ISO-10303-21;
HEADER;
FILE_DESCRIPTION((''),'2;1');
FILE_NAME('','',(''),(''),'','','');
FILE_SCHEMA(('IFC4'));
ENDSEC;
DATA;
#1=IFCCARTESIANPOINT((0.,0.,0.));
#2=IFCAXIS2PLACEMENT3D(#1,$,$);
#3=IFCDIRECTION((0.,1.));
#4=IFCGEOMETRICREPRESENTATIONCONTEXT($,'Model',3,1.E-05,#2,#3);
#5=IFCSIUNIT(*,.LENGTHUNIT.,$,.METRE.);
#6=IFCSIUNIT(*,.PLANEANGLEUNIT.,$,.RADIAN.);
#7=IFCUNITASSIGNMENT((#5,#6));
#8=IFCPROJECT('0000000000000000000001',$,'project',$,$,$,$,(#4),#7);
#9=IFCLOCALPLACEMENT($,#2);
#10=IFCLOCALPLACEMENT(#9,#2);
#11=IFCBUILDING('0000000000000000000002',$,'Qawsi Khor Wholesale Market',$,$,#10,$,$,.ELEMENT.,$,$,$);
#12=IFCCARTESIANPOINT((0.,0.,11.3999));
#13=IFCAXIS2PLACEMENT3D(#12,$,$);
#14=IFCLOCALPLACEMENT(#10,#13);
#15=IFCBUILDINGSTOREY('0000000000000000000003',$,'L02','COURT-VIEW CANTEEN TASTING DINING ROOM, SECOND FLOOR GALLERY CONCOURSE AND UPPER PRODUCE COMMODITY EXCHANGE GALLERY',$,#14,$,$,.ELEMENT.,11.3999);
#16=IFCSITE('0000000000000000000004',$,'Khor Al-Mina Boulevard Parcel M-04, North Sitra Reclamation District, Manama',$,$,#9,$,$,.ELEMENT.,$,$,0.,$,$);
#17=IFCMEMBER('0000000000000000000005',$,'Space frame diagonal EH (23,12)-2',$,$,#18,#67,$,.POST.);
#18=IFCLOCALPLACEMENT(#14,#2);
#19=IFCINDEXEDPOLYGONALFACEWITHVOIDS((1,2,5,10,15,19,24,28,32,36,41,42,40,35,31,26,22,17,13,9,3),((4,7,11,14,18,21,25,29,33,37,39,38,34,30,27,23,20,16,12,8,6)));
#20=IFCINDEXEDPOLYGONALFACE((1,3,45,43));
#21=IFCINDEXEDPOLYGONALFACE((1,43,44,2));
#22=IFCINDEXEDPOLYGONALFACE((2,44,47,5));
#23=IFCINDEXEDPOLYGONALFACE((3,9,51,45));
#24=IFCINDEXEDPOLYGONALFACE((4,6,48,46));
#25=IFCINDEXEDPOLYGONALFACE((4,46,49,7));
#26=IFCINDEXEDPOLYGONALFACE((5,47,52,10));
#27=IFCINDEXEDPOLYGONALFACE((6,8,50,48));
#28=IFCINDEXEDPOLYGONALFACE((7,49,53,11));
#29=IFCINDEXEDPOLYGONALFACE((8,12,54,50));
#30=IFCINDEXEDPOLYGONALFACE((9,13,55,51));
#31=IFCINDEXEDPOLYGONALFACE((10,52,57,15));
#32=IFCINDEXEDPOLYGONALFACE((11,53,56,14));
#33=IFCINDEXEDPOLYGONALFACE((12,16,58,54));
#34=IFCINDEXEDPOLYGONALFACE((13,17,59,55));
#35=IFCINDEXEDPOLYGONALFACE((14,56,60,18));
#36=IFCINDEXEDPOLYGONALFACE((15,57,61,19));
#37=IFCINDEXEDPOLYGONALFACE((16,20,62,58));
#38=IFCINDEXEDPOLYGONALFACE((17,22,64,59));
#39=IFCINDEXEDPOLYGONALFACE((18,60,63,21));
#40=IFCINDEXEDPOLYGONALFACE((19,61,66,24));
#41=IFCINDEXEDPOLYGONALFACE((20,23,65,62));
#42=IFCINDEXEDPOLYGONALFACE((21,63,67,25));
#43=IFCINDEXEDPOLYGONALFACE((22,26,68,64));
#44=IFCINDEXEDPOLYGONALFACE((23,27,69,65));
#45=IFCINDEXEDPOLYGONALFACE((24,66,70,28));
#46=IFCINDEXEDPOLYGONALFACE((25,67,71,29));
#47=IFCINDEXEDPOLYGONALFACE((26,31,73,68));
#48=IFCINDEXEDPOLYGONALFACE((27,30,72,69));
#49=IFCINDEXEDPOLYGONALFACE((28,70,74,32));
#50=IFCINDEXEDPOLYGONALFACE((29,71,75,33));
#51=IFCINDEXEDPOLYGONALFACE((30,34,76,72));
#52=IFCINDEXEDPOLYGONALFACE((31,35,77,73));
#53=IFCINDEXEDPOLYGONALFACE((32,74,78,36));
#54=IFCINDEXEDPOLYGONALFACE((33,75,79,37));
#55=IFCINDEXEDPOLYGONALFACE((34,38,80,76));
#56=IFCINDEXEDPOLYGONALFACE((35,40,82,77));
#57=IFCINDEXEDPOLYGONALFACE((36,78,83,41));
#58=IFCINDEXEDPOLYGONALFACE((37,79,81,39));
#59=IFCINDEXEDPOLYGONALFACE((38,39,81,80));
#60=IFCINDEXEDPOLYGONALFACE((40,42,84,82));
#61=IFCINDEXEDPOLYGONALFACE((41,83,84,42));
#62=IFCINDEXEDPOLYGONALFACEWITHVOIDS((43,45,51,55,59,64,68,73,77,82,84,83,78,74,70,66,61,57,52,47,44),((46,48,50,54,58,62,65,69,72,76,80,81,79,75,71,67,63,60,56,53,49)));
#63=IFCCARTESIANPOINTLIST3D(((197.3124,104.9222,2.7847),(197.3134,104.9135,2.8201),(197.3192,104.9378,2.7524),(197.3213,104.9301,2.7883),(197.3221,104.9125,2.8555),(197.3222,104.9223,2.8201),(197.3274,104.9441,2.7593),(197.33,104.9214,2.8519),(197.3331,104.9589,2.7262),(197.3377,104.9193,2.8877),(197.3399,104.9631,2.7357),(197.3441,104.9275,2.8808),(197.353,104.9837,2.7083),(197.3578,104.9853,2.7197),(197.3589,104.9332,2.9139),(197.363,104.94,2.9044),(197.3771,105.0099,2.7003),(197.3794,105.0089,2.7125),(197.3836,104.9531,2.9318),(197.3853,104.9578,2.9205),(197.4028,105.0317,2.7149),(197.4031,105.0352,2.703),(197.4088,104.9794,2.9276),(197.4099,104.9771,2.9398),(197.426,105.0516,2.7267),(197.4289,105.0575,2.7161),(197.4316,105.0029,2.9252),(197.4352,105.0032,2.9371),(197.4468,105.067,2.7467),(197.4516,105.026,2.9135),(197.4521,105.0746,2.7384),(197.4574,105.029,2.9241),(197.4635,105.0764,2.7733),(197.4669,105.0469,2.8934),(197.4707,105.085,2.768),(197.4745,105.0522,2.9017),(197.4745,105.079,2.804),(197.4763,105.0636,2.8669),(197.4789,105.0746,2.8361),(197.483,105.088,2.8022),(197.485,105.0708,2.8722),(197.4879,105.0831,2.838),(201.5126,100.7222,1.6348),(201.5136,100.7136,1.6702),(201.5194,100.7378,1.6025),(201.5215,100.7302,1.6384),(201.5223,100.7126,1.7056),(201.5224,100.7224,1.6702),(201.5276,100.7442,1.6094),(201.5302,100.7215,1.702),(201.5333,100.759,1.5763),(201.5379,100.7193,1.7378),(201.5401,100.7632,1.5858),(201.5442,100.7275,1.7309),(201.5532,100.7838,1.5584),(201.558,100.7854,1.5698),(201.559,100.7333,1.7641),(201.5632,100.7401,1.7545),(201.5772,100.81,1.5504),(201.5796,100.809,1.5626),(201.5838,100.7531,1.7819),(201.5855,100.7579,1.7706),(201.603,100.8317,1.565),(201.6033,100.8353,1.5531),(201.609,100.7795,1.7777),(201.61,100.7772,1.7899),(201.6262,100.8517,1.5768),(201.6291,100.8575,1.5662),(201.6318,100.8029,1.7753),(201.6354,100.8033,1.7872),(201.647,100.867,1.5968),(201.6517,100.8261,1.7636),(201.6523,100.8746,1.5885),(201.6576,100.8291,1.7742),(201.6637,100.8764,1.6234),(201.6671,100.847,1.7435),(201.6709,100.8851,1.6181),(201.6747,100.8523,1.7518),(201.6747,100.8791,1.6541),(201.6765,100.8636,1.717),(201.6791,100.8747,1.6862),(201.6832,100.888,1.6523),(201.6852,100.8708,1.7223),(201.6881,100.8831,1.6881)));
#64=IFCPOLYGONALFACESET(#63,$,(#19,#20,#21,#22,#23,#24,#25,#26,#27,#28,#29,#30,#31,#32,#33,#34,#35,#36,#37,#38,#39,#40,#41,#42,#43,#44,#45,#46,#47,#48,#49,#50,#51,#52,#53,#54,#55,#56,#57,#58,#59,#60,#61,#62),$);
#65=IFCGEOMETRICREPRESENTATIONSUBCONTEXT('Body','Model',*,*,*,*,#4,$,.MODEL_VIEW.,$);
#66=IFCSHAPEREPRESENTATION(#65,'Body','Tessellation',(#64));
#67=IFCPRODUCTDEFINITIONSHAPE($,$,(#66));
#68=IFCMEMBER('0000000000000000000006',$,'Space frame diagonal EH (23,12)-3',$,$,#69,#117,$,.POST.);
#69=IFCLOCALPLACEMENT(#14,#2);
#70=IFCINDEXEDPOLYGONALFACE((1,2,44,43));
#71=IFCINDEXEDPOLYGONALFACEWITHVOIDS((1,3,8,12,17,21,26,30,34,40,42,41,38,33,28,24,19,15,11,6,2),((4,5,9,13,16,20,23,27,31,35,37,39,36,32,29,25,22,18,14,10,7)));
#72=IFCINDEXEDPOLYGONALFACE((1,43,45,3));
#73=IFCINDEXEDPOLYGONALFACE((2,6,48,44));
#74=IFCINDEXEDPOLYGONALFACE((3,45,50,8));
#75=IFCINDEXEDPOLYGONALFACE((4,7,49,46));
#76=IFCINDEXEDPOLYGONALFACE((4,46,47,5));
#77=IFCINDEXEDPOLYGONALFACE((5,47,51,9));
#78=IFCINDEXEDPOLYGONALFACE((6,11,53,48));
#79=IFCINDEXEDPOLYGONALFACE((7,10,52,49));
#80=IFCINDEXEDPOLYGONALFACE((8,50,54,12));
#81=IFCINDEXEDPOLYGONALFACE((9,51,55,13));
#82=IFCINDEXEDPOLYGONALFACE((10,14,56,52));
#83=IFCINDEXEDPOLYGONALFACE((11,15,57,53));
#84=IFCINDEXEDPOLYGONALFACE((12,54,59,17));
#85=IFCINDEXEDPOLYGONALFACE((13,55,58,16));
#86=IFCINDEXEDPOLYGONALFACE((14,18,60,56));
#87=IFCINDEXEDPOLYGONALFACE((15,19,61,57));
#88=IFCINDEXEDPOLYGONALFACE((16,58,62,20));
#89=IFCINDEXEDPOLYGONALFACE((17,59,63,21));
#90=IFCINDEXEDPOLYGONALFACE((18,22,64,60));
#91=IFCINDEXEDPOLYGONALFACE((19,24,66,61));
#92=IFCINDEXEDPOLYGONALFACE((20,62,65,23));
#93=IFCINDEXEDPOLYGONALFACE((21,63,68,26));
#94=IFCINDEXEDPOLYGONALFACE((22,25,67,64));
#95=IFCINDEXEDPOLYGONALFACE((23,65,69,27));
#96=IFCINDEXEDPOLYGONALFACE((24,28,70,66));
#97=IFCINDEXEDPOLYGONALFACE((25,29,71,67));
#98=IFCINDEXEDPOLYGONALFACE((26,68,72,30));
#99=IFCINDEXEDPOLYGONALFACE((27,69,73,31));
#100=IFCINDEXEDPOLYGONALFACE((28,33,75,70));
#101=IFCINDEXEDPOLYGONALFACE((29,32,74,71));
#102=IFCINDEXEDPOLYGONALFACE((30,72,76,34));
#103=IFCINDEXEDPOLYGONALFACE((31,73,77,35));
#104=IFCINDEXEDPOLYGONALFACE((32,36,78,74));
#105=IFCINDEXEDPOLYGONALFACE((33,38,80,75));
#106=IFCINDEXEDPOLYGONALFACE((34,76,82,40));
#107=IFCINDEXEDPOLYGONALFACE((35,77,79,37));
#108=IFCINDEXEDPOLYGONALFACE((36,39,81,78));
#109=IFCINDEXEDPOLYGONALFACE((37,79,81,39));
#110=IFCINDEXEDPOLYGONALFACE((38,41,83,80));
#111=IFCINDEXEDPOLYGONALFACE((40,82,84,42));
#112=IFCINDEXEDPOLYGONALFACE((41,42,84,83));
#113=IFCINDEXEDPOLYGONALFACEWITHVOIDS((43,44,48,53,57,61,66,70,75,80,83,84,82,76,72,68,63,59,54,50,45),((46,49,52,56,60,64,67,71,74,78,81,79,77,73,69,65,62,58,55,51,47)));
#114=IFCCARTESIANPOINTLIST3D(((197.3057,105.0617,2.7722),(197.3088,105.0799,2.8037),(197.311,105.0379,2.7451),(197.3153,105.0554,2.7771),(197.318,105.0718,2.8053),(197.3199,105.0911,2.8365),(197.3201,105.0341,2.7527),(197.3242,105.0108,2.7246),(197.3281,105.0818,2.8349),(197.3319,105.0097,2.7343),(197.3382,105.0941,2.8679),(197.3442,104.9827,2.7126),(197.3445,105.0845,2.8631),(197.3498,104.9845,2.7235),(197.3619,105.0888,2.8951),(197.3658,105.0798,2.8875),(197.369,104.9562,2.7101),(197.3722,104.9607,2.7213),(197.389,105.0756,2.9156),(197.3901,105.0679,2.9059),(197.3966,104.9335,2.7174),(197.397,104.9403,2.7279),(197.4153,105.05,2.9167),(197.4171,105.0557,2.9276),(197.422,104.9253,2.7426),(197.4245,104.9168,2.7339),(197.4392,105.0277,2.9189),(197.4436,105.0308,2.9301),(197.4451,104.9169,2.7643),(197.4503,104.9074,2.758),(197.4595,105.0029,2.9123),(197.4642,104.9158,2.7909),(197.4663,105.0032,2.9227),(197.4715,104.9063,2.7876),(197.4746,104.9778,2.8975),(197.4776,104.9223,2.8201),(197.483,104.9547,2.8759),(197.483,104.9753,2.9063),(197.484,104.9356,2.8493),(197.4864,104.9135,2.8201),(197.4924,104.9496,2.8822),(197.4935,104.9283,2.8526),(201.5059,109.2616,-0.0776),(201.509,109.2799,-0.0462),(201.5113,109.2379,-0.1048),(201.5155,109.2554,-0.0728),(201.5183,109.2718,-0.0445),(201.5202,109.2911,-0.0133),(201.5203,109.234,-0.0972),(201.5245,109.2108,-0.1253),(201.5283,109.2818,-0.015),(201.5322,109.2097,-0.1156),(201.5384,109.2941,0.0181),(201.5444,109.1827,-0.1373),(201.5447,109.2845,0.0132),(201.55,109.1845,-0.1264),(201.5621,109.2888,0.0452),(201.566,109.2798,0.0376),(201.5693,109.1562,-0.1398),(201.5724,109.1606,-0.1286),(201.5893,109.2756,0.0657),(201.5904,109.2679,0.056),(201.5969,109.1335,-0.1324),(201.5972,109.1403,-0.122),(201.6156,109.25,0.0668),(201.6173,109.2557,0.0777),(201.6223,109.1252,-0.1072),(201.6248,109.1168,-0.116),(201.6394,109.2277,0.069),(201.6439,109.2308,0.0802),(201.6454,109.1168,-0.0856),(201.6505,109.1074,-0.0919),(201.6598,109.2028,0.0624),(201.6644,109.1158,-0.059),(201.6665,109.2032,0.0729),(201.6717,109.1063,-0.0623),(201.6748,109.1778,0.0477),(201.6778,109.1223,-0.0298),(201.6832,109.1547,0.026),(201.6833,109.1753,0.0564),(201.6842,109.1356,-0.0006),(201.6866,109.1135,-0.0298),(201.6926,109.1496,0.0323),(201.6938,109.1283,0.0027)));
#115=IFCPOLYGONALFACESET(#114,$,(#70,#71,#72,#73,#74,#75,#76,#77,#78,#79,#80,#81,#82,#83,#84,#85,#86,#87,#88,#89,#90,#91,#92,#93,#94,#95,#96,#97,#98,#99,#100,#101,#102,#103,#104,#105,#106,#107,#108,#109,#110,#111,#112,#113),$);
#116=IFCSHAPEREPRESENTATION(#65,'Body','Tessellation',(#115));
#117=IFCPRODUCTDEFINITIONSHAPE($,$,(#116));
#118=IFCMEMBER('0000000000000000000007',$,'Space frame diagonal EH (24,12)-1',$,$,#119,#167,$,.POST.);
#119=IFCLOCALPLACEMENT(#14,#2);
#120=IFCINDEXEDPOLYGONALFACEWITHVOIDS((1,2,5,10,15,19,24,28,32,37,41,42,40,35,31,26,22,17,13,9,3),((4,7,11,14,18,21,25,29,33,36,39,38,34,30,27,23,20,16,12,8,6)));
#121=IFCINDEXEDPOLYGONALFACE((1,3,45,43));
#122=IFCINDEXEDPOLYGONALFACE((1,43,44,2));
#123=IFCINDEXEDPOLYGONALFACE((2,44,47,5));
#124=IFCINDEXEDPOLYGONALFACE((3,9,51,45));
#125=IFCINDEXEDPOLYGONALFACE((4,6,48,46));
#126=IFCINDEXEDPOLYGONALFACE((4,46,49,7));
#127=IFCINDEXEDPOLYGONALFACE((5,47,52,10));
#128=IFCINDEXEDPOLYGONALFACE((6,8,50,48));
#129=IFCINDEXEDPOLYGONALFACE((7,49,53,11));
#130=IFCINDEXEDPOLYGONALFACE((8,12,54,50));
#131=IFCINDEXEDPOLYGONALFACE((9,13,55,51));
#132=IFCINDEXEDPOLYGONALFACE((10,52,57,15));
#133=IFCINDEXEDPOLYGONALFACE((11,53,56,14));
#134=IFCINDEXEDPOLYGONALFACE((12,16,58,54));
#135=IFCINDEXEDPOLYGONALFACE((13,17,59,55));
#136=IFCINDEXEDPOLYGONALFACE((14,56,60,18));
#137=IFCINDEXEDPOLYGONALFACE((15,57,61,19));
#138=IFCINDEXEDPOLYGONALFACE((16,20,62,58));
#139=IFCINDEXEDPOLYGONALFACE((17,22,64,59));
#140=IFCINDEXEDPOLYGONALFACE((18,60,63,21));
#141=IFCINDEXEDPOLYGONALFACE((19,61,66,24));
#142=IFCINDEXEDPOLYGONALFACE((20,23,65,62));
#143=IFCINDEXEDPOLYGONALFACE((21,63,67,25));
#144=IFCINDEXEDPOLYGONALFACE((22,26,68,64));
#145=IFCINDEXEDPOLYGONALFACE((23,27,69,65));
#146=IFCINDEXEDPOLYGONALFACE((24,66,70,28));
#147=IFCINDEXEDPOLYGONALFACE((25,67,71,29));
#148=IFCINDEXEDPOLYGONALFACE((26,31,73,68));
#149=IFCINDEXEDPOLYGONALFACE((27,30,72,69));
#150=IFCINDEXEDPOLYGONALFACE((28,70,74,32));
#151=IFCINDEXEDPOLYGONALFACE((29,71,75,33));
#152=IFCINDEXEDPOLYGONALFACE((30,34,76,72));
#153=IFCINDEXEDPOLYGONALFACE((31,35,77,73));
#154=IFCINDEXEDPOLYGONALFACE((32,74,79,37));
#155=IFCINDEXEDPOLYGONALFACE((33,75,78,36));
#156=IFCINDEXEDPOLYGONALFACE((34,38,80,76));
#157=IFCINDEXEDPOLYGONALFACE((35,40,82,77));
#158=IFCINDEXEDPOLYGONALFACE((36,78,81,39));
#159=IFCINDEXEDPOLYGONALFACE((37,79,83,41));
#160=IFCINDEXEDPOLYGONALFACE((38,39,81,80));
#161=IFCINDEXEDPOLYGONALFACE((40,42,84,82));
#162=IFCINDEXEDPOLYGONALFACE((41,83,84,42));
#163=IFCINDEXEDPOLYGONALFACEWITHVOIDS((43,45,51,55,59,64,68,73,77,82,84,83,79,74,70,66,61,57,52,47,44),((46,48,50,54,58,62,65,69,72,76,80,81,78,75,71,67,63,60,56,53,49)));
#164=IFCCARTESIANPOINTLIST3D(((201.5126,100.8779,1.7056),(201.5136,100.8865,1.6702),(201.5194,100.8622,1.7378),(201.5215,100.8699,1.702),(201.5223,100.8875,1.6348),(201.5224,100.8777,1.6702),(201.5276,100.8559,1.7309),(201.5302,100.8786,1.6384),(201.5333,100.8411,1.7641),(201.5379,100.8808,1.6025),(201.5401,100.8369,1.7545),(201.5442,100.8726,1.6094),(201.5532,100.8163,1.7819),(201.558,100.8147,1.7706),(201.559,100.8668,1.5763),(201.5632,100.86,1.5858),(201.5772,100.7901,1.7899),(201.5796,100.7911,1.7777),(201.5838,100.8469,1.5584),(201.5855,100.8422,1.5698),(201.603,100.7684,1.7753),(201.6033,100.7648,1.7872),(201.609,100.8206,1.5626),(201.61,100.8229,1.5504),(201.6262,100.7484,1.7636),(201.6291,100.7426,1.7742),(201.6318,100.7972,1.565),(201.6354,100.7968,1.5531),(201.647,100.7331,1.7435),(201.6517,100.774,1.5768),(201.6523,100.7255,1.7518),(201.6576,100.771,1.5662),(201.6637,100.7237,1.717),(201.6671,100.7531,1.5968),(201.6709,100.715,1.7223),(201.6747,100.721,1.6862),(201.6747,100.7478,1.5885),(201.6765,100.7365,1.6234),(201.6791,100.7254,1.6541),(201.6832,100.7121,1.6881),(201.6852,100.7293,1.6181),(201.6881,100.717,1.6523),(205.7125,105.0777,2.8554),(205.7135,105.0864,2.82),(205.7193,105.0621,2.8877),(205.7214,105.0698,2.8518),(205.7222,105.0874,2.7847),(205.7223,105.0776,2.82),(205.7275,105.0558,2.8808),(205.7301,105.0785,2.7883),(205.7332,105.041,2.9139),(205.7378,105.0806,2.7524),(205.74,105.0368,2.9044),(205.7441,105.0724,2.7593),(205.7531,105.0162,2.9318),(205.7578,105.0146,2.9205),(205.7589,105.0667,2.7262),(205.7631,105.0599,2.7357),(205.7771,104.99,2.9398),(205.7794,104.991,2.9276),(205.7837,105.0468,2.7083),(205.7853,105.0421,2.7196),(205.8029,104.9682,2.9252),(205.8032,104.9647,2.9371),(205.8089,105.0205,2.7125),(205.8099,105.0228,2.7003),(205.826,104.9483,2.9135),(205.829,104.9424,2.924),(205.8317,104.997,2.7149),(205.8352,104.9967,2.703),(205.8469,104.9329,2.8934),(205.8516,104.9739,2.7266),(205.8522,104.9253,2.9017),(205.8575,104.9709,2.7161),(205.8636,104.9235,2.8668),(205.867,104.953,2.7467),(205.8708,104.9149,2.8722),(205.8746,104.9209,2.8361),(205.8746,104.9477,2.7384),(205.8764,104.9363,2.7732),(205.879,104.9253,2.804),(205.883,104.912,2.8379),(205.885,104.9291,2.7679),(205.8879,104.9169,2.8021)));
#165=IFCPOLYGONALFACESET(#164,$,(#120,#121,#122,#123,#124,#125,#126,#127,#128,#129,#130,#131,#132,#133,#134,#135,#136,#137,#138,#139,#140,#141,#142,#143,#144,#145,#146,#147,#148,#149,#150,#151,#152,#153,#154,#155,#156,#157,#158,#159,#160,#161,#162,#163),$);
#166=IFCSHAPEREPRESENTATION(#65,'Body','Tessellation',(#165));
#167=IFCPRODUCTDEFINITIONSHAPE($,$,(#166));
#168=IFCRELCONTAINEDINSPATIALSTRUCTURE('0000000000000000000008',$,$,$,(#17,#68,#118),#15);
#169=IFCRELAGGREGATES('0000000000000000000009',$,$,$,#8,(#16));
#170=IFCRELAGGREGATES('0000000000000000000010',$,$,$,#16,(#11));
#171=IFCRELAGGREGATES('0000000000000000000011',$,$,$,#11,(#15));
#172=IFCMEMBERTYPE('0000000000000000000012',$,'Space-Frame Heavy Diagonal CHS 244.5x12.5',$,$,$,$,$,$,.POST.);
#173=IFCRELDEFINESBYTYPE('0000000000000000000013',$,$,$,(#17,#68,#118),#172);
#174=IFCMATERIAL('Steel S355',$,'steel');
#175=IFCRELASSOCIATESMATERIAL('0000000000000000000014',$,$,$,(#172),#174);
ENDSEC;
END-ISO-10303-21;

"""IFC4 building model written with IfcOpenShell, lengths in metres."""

from ifc_helpers import new_model, si_unit, direction, frame, origin, origin_2d, place, context, subcontext, project, spatial, hollow_circle, extrude, material, material_profile, profile_set, type_object, element, save


model = new_model("IFC4")

# Units and contexts
model_context = context("Model", 3, precision=1e-05, world=origin(), true_north=direction((0.0, 1.0)))
body_context = subcontext(model_context, "Body", "Model", "MODEL_VIEW")
ifc_project = project(units=[si_unit("LENGTHUNIT", "METRE"), si_unit("PLANEANGLEUNIT", "RADIAN")], contexts=[model_context])

# Site, building, storey
site_placement = place(None, origin())
site = spatial("IfcSite", under=ifc_project, at=site_placement, Name="Khor Al-Mina Boulevard Parcel M-04, North Sitra Reclamation District, Manama", CompositionType="ELEMENT", RefElevation=0.0)
building_placement = place(site_placement, origin())
building = spatial("IfcBuilding", under=site, at=building_placement, Name="Qawsi Khor Wholesale Market", CompositionType="ELEMENT")
storey_placement = place(building_placement, frame((0.0, 0.0, 11.3999)))
storey = spatial("IfcBuildingStorey", under=building, at=storey_placement, Name="L02", Description="COURT-VIEW CANTEEN TASTING DINING ROOM, SECOND FLOOR GALLERY CONCOURSE AND UPPER PRODUCE COMMODITY EXCHANGE GALLERY", CompositionType="ELEMENT", Elevation=11.3999)

# Members
ifc_material_1 = material(Name="Steel S355", Category="steel")
ifc_material_profile_1 = material_profile(ifc_material_1, hollow_circle(Radius=0.1223, WallThickness=0.0125, at=origin_2d()), Name="CHS 244.5x12.5")
ifc_profile_set_1 = profile_set([ifc_material_profile_1], Name="Steel S355")
member_type_1 = type_object("IfcMemberType", Name="Space-Frame Heavy Diagonal CHS 244.5x12.5", PredefinedType="POST", material=ifc_profile_set_1)
member_1_placement = place(storey_placement, frame((201.6001, 100.8, 1.6702), z_axis=(-0.694238, 0.694197, 0.190064), x_axis=(-0.707086, -0.707127, 0.0)))
element("IfcMember", 1, at=member_1_placement, inside=storey, type_object=member_type_1, Name="Space frame diagonal EH (23,12)-2", PredefinedType="POST", context=body_context, shape_type="SweptSolid", body=[
    extrude(hollow_circle(Radius=0.1223, WallThickness=0.0125, at=origin_2d()), origin(), (0.0, 0.0, 1.0), 6.05),
])
member_2_placement = place(storey_placement, frame((201.6001, 109.2, -0.0298), z_axis=(-0.637544, -0.637507, 0.432577), x_axis=(0.707086, -0.707127, 0.0)))
element("IfcMember", 2, at=member_2_placement, inside=storey, type_object=member_type_1, Name="Space frame diagonal EH (23,12)-3", PredefinedType="POST", context=body_context, shape_type="SweptSolid", body=[
    extrude(hollow_circle(Radius=0.1223, WallThickness=0.0125, at=origin_2d()), origin(), (0.0, 0.0, 1.0), 6.5881),
])
member_3_placement = place(storey_placement, frame((201.6001, 100.8, 1.6702), z_axis=(0.694217, 0.694217, 0.190069), x_axis=(-0.707107, 0.707107, 0.0)))
element("IfcMember", 3, at=member_3_placement, inside=storey, type_object=member_type_1, Name="Space frame diagonal EH (24,12)-1", PredefinedType="POST", context=body_context, shape_type="SweptSolid", body=[
    extrude(hollow_circle(Radius=0.1223, WallThickness=0.0125, at=origin_2d()), origin(), (0.0, 0.0, 1.0), 6.0498),
])

save(model, "model.ifc")
